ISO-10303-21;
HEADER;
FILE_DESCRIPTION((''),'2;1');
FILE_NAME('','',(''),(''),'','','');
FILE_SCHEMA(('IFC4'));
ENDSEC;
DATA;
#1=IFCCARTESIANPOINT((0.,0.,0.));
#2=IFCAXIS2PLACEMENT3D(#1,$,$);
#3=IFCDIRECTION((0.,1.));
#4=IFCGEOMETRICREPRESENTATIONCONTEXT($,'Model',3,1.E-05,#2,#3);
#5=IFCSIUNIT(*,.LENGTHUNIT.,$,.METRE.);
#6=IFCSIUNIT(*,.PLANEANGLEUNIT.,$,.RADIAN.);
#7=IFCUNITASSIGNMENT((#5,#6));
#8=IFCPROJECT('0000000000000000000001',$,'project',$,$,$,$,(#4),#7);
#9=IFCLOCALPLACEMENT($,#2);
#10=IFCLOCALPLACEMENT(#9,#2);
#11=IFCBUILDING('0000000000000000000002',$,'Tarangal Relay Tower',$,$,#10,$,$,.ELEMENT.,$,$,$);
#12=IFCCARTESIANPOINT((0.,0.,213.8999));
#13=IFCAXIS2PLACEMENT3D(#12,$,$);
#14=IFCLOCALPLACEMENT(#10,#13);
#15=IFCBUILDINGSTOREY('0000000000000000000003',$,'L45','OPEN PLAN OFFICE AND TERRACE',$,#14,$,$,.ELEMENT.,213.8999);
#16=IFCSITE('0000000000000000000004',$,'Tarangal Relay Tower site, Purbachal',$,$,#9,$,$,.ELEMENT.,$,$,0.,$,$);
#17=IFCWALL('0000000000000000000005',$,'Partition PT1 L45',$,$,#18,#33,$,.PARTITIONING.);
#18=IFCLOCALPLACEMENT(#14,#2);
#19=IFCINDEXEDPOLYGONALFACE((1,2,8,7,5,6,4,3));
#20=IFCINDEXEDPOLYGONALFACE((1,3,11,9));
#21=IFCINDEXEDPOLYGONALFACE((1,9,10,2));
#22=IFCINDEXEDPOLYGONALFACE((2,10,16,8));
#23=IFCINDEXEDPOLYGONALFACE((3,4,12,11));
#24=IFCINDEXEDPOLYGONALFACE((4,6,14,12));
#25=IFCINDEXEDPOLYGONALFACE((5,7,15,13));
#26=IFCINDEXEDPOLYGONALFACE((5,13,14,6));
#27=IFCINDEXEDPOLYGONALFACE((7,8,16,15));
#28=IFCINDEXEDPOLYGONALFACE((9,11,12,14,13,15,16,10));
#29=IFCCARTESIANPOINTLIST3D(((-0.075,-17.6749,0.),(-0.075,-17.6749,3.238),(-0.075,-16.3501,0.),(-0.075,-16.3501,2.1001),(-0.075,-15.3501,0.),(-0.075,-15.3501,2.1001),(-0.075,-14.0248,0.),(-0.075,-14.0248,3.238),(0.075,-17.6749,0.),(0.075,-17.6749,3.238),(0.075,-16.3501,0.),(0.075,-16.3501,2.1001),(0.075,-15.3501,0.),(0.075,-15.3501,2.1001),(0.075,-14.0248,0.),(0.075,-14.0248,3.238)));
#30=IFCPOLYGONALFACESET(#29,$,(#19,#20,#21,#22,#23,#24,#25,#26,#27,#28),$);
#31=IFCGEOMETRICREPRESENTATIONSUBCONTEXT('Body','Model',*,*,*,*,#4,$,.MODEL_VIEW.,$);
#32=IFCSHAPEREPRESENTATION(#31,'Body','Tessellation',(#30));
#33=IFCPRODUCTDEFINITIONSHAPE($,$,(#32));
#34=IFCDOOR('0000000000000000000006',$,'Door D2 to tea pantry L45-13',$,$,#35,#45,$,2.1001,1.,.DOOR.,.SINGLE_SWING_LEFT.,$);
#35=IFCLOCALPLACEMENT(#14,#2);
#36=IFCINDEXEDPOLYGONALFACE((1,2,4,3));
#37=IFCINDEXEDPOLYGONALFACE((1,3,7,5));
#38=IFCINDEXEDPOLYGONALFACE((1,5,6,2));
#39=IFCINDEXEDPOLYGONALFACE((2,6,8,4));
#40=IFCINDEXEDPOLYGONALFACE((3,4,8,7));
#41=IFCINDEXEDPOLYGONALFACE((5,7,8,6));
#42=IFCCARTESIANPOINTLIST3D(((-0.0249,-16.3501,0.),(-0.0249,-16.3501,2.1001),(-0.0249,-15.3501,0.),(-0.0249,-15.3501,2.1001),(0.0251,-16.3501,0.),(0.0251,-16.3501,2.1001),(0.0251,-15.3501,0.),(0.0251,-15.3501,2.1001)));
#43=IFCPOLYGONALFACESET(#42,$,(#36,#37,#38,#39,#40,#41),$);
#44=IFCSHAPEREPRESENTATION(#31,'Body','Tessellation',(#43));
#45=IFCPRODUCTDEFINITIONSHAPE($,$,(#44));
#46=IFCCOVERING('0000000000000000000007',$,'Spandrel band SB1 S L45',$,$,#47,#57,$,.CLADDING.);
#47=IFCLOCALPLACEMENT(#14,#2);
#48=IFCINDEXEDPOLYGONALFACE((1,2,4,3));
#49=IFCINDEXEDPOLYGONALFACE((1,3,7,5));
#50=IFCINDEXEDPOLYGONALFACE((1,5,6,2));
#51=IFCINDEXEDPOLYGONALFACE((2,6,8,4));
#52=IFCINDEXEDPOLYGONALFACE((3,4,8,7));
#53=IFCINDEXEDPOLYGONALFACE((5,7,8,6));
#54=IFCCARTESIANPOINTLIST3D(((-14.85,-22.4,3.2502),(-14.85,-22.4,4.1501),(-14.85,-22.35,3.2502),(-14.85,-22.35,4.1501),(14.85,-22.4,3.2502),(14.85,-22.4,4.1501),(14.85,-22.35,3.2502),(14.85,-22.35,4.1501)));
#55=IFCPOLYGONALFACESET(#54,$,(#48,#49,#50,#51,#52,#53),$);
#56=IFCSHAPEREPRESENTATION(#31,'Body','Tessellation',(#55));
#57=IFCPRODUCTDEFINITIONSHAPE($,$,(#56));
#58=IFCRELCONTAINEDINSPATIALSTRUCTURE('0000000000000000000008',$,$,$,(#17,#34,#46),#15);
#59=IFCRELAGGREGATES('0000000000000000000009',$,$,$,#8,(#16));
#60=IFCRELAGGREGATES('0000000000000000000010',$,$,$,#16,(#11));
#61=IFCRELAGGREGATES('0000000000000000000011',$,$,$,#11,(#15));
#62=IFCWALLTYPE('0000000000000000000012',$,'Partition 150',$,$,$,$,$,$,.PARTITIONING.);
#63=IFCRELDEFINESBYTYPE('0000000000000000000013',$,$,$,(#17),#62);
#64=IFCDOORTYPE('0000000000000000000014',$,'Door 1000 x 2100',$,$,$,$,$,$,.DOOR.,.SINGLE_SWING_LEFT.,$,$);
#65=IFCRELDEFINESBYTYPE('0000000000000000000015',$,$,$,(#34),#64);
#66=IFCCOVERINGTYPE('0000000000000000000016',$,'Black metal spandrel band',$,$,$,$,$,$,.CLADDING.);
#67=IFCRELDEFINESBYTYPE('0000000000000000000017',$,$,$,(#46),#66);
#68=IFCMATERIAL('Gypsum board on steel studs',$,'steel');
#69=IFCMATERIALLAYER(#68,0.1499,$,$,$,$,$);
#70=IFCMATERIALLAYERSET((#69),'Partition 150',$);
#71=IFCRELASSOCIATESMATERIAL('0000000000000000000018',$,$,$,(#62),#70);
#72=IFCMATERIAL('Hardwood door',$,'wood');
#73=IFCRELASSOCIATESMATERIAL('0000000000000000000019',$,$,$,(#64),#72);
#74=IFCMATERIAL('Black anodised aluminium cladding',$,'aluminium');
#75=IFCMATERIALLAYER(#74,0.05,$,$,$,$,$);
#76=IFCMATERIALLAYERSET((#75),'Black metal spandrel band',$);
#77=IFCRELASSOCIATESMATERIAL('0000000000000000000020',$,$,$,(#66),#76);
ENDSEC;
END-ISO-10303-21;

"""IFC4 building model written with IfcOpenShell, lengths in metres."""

from ifc_helpers import new_model, si_unit, direction, frame, frame_2d, origin, origin_2d, place, context, subcontext, project, spatial, rectangle, extrude, material, layer, layer_set, type_object, element, fill, save


model = new_model("IFC4")

# Units and contexts
model_context = context("Model", 3, precision=1e-05, world=origin(), true_north=direction((0.0, 1.0)))
body_context = subcontext(model_context, "Body", "Model", "MODEL_VIEW")
ifc_project = project(units=[si_unit("LENGTHUNIT", "METRE"), si_unit("PLANEANGLEUNIT", "RADIAN")], contexts=[model_context])

# Site, building, storey
site_placement = place(None, origin())
site = spatial("IfcSite", under=ifc_project, at=site_placement, Name="Tarangal Relay Tower site, Purbachal", CompositionType="ELEMENT", RefElevation=0.0)
building_placement = place(site_placement, origin())
building = spatial("IfcBuilding", under=site, at=building_placement, Name="Tarangal Relay Tower", CompositionType="ELEMENT")
storey_placement = place(building_placement, frame((0.0, 0.0, 213.8999)))
storey = spatial("IfcBuildingStorey", under=building, at=storey_placement, Name="L45", Description="OPEN PLAN OFFICE AND TERRACE", CompositionType="ELEMENT", Elevation=213.8999)

# Shared definitions
ifc_material_1 = material(Name="Gypsum board on steel studs", Category="steel")
ifc_layer_1 = layer(ifc_material_1, 0.1499)
ifc_layer_set_1 = layer_set([ifc_layer_1], Name="Partition 150")
wall_type = type_object("IfcWallType", Name="Partition 150", PredefinedType="PARTITIONING", material=ifc_layer_set_1)

# Shared definitions
ifc_material_2 = material(Name="Hardwood door", Category="wood")
door_type = type_object("IfcDoorType", Name="Door 1000 x 2100", OperationType="SINGLE_SWING_LEFT", PredefinedType="DOOR", material=ifc_material_2)

# Wall, opening, door
wall_1_placement = place(storey_placement, frame((0.0, -17.675, 0.0), z_axis=(0.0, 0.0, 1.0), x_axis=(0.0, 1.0, 0.0)))
wall_1 = element("IfcWall", 1, at=wall_1_placement, inside=storey, type_object=wall_type, Name="Partition PT1 L45", PredefinedType="PARTITIONING", context=body_context, shape_type="SweptSolid", body=[
    extrude(rectangle(XDim=3.6501, YDim=0.1499, at=frame_2d((1.8252, 0.0))), origin(), (0.0, 0.0, 1.0), 3.238),
])
opening_1_placement = place(wall_1_placement, frame((1.325, 0.0, 0.0)))
opening_1 = element("IfcOpeningElement", 2, at=opening_1_placement, cuts=wall_1, PredefinedType="OPENING", context=body_context, shape_type="SweptSolid", body=[
    extrude(rectangle(XDim=1.0, YDim=2.1001, at=frame_2d((0.5, 1.05))), frame((0.0, 0.085, 0.0), z_axis=(0.0, -1.0, 0.0), x_axis=(1.0, 0.0, 0.0)), (0.0, 0.0, 1.0), 0.1699),
])
door_1_placement = place(opening_1_placement, origin())
door_1 = element("IfcDoor", 3, at=door_1_placement, inside=storey, type_object=door_type, Name="Door D2 to tea pantry L45-13", OperationType="SINGLE_SWING_LEFT", OverallHeight=2.1001, OverallWidth=1.0, PredefinedType="DOOR", context=body_context, shape_type="SweptSolid", body=[
    extrude(rectangle(XDim=1.0, YDim=2.1001, at=frame_2d((0.5, 1.05))), frame((0.0, 0.0249, 0.0), z_axis=(0.0, -1.0, 0.0), x_axis=(1.0, 0.0, 0.0)), (0.0, 0.0, 1.0), 0.05),
])
fill(opening_1, door_1)

# Covering
ifc_material_3 = material(Name="Black anodised aluminium cladding", Category="aluminium")
ifc_layer_2 = layer(ifc_material_3, 0.05)
ifc_layer_set_2 = layer_set([ifc_layer_2], Name="Black metal spandrel band")
covering_type = type_object("IfcCoveringType", Name="Black metal spandrel band", PredefinedType="CLADDING", material=ifc_layer_set_2)
covering_placement = place(storey_placement, frame((0.0, -22.375, 3.2502), z_axis=(0.0, 0.0, 1.0), x_axis=(-1.0, 0.0, 0.0)))
element("IfcCovering", 4, at=covering_placement, inside=storey, type_object=covering_type, Name="Spandrel band SB1 S L45", PredefinedType="CLADDING", context=body_context, shape_type="SweptSolid", body=[
    extrude(rectangle(XDim=29.7, YDim=0.05, at=origin_2d()), origin(), (0.0, 0.0, 1.0), 0.8999),
])

save(model, "model.ifc")
